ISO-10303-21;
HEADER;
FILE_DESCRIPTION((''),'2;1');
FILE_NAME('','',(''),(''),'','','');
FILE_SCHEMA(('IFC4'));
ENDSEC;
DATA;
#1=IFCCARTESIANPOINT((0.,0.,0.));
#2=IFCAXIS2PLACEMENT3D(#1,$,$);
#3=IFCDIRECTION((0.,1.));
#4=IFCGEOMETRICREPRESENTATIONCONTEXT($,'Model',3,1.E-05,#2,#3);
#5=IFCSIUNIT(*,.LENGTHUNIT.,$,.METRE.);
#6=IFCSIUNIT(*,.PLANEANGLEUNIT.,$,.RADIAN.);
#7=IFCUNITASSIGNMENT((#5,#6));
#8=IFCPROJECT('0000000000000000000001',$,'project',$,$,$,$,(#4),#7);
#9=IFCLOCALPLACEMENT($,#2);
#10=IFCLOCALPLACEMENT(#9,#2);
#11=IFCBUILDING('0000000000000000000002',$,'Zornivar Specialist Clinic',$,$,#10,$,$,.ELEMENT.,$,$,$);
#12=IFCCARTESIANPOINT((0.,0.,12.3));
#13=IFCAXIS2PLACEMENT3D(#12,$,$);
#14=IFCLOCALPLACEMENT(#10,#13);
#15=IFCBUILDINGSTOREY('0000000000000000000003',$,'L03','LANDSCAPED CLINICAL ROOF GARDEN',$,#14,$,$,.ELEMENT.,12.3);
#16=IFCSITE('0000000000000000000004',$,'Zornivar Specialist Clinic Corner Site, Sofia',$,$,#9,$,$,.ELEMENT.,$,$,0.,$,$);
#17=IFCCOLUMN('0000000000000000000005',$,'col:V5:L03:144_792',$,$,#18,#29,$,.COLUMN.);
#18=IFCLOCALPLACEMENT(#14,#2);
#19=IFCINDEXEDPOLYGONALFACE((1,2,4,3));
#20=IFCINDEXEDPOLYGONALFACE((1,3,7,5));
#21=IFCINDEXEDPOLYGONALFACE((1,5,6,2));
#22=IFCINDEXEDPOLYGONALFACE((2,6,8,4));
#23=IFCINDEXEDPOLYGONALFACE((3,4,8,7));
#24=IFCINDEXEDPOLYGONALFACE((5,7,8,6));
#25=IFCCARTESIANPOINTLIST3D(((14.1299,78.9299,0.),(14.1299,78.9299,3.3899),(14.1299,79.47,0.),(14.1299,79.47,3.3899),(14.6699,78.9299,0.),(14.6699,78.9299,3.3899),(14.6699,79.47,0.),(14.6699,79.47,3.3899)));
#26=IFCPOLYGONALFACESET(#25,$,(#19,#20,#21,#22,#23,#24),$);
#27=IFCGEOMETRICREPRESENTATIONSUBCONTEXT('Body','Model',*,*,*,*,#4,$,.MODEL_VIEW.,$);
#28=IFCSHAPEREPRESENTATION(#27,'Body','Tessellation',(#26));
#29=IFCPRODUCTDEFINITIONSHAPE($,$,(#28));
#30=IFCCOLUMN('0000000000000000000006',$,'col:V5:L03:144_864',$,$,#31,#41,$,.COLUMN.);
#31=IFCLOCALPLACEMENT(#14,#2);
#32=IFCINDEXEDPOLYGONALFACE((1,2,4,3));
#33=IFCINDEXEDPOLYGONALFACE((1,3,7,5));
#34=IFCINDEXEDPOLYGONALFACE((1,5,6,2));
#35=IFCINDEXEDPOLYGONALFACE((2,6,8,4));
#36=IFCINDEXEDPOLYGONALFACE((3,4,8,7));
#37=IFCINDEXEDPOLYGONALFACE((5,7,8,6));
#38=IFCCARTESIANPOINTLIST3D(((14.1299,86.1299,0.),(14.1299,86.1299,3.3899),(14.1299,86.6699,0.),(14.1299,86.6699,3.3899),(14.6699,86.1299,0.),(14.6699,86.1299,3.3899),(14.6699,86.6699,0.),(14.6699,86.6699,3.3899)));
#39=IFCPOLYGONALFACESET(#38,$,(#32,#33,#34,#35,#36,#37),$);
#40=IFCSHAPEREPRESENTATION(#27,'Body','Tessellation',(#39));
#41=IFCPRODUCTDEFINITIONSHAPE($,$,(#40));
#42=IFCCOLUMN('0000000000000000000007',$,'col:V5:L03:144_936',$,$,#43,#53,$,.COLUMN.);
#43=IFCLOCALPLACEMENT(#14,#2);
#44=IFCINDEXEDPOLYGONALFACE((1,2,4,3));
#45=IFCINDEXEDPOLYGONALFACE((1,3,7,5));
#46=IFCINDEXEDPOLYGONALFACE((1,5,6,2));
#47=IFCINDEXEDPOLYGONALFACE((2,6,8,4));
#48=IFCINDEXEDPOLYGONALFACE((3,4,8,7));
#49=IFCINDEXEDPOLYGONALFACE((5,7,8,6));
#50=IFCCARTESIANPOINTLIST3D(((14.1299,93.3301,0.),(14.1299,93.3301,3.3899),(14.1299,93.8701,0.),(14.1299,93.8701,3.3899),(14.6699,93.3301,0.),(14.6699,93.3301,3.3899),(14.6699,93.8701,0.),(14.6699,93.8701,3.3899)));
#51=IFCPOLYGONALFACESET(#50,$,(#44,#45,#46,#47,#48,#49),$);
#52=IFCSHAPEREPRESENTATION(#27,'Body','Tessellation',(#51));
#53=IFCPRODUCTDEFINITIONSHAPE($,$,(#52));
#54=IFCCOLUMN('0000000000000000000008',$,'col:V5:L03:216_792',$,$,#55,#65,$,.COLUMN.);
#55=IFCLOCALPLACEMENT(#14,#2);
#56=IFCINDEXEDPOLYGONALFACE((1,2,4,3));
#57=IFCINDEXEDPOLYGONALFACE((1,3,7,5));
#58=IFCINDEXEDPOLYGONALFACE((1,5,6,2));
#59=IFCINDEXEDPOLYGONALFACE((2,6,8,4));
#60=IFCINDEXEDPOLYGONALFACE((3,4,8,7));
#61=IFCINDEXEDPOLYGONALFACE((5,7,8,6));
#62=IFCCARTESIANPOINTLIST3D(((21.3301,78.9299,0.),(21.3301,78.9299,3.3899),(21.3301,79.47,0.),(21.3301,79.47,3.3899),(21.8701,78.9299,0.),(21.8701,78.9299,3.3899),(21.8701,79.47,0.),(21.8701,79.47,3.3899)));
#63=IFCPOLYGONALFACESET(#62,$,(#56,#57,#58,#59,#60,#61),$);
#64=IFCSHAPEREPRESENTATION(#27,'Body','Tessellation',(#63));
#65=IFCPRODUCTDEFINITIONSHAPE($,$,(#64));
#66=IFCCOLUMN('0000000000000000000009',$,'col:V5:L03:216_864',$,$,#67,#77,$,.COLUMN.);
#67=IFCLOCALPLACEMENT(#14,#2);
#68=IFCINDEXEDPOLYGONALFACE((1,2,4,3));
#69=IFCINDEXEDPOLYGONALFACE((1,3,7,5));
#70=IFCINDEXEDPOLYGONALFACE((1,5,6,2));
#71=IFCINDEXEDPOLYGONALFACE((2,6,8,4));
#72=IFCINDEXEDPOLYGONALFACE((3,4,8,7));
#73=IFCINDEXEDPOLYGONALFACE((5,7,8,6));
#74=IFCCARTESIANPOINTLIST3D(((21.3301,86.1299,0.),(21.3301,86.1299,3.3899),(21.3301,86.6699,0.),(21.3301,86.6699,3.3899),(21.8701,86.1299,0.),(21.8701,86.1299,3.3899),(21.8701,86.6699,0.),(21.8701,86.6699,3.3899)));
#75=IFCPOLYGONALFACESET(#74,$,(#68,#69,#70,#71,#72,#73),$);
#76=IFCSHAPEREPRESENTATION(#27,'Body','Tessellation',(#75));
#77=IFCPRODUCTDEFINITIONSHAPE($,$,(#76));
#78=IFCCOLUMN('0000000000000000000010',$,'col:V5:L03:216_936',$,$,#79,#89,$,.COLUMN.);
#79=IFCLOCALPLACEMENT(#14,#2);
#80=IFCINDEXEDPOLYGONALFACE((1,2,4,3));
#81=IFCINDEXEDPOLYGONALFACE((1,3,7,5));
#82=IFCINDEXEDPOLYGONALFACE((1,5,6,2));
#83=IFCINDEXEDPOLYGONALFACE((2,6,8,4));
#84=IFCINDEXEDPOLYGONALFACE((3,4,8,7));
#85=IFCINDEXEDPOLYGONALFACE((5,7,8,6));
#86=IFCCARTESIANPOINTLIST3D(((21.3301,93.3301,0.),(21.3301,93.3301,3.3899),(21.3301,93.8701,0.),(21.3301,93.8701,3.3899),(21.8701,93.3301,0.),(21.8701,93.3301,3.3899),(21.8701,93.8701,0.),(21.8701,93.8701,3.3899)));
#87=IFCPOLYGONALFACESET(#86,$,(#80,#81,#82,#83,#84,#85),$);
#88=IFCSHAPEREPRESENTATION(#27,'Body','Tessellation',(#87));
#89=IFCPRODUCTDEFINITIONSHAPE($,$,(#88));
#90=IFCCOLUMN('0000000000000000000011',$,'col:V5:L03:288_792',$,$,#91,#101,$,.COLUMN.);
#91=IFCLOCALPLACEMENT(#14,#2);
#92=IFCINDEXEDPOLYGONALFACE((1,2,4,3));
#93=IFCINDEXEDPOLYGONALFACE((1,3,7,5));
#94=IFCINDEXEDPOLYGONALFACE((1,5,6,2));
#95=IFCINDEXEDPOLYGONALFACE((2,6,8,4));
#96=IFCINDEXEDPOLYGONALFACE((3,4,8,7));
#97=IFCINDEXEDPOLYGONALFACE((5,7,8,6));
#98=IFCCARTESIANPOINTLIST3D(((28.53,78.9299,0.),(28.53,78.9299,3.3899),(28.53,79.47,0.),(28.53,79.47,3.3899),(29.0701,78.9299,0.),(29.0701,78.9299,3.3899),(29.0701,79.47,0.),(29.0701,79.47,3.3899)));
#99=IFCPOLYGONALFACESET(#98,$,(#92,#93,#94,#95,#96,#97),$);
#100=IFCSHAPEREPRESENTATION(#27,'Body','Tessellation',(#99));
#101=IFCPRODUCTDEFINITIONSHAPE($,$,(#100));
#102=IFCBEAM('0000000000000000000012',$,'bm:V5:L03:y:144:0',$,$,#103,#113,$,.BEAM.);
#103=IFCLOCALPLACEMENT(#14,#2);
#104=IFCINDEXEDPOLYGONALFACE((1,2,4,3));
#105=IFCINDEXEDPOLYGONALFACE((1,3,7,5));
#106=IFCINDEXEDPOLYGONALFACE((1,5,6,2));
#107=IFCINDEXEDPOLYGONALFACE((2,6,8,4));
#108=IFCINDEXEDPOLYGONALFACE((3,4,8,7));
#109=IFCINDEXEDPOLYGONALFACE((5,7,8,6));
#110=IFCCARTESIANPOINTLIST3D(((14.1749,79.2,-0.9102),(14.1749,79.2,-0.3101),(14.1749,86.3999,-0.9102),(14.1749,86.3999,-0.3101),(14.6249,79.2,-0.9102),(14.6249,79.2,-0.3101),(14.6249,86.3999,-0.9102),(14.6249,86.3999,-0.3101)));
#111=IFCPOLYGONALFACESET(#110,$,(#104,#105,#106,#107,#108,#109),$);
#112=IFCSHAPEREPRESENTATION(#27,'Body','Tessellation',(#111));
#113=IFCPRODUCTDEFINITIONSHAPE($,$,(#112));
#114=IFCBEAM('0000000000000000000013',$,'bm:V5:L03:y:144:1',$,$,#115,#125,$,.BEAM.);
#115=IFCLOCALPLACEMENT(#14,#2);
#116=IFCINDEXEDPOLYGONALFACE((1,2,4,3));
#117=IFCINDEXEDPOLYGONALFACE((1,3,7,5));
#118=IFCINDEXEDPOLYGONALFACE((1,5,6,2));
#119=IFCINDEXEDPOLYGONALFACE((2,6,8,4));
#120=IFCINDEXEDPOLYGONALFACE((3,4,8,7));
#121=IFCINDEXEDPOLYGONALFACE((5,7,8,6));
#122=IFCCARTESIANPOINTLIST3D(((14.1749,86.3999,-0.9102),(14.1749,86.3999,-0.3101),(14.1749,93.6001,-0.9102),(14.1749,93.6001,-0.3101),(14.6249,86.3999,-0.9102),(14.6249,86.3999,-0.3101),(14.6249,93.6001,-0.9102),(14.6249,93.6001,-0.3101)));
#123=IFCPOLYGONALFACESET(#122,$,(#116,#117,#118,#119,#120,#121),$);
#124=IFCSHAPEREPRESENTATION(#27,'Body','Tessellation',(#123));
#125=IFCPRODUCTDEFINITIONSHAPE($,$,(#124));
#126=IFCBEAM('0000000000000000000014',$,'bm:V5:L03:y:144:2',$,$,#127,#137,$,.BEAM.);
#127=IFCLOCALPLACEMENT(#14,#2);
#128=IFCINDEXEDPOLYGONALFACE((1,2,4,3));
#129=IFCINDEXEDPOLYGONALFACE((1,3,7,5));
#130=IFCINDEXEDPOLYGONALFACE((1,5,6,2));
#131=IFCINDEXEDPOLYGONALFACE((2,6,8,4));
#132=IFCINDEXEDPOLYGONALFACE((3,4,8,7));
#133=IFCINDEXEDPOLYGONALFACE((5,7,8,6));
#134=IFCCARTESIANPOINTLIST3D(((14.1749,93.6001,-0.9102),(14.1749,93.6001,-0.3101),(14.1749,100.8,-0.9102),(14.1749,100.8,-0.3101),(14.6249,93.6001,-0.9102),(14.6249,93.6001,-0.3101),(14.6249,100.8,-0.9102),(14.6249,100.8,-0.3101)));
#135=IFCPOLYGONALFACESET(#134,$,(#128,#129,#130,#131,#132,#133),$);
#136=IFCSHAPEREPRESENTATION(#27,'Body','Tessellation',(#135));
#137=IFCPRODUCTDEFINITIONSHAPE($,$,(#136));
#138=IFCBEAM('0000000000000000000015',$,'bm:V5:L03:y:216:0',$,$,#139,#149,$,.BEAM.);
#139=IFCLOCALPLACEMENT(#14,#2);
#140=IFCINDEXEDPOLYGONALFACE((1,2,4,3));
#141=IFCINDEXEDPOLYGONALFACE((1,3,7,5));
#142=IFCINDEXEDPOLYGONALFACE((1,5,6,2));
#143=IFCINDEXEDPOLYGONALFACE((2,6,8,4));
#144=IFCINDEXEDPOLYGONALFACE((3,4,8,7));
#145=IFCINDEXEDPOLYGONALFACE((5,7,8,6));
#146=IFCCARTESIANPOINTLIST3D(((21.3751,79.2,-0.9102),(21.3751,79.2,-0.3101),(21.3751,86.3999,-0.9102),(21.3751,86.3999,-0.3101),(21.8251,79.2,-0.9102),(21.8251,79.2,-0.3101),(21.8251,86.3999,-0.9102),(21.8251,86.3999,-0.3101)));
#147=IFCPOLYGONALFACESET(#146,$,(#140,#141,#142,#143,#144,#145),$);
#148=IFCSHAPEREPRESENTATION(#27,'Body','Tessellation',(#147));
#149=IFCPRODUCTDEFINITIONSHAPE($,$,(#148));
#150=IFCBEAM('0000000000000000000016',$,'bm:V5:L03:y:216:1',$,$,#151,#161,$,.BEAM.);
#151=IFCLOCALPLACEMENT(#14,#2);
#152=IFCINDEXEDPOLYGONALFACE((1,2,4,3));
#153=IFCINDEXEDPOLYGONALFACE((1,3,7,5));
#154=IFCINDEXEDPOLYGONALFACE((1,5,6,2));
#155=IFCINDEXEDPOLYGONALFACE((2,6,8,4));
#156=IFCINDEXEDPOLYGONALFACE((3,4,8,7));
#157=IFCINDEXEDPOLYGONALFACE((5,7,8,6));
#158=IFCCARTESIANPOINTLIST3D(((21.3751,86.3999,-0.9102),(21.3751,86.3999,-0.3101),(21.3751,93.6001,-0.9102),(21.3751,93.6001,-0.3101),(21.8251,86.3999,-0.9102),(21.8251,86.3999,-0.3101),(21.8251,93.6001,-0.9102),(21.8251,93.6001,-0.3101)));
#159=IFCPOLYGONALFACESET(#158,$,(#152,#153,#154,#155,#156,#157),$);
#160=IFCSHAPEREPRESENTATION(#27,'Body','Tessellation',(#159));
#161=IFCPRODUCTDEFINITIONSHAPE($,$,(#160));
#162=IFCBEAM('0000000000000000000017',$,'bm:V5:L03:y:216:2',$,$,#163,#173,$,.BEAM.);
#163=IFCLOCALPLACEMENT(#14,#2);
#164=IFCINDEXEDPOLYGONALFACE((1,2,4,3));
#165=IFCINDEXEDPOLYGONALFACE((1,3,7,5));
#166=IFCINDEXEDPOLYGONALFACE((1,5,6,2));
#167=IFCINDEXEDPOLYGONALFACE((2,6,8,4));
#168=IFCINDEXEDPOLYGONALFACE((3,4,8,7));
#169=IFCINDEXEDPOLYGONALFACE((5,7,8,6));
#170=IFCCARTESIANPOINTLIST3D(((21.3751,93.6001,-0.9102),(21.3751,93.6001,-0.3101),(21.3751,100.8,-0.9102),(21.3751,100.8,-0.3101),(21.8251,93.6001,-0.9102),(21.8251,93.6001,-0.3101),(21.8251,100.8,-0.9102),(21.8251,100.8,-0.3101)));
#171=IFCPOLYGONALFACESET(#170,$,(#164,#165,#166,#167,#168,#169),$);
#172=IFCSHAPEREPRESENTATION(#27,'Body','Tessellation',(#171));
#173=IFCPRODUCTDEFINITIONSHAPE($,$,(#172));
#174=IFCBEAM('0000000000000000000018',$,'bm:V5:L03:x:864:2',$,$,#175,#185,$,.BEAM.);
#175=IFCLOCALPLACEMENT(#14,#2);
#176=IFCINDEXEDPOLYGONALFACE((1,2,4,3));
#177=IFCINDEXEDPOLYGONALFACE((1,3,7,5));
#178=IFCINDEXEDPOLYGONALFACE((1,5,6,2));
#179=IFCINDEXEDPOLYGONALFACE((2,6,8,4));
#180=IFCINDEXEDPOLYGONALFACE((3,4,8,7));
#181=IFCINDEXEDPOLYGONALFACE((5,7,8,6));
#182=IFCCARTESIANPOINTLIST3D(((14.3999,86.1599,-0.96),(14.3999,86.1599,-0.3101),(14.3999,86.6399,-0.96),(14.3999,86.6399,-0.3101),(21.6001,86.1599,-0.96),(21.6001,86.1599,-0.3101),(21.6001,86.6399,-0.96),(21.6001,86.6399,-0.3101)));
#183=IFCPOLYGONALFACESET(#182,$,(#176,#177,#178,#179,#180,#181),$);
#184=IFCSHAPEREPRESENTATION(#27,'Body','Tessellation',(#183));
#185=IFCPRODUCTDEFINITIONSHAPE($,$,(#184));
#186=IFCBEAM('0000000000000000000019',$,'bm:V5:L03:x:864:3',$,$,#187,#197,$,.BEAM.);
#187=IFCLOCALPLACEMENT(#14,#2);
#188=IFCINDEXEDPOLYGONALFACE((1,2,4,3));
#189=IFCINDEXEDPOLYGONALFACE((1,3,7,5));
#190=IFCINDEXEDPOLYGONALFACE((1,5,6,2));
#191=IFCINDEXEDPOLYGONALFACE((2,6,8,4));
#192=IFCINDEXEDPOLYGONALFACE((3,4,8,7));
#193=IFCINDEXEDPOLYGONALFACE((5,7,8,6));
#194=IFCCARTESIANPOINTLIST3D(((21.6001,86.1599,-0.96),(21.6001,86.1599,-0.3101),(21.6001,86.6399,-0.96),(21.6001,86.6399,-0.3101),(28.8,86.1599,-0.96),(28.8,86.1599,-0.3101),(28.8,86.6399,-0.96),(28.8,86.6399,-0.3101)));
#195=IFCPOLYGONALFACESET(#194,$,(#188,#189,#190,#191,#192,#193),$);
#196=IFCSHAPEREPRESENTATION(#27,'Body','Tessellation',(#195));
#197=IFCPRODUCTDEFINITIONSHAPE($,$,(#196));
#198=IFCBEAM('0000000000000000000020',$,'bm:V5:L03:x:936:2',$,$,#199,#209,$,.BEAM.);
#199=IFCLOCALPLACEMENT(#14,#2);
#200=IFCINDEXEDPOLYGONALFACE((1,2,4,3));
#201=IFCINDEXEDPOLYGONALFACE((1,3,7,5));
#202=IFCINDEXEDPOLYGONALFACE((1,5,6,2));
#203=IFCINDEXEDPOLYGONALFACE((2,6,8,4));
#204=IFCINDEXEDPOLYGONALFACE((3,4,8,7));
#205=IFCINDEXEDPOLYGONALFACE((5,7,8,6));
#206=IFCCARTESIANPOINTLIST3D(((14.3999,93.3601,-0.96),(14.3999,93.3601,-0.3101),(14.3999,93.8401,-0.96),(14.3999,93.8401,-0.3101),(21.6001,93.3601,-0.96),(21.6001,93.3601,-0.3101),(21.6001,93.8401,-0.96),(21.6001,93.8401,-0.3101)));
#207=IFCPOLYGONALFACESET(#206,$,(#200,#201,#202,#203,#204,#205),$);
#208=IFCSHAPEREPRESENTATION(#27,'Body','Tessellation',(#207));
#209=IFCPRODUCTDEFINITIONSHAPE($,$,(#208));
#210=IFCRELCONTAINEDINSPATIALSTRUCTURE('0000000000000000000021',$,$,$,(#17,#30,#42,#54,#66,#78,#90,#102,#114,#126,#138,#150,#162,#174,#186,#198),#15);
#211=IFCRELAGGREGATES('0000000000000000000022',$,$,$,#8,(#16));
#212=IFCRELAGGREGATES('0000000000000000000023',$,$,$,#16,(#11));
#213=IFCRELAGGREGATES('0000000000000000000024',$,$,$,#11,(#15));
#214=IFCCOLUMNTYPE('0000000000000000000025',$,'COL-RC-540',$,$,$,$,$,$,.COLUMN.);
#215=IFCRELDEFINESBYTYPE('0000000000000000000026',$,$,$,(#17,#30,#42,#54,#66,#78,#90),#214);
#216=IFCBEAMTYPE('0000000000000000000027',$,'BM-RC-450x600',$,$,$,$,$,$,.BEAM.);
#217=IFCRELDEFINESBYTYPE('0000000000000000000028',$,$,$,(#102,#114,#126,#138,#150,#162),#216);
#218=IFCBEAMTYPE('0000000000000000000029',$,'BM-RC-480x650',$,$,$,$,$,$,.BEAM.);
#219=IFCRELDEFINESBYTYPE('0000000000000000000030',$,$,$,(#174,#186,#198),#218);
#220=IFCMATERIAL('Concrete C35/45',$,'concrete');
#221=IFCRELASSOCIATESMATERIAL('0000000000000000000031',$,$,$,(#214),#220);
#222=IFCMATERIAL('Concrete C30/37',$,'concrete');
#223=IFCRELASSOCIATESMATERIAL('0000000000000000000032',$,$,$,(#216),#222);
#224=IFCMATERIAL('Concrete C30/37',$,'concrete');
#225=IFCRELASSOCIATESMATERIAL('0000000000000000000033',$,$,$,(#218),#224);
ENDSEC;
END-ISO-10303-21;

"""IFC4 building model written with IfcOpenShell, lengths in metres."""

from ifc_helpers import new_model, si_unit, direction, frame, origin, origin_2d, place, context, subcontext, project, spatial, rectangle, extrude, material, material_profile, profile_set, type_object, element, save


model = new_model("IFC4")

# Units and contexts
model_context = context("Model", 3, precision=1e-05, world=origin(), true_north=direction((0.0, 1.0)))
body_context = subcontext(model_context, "Body", "Model", "MODEL_VIEW")
ifc_project = project(units=[si_unit("LENGTHUNIT", "METRE"), si_unit("PLANEANGLEUNIT", "RADIAN")], contexts=[model_context])

# Site, building, storey
site_placement = place(None, origin())
site = spatial("IfcSite", under=ifc_project, at=site_placement, Name="Zornivar Specialist Clinic Corner Site, Sofia", CompositionType="ELEMENT", RefElevation=0.0)
building_placement = place(site_placement, origin())
building = spatial("IfcBuilding", under=site, at=building_placement, Name="Zornivar Specialist Clinic", CompositionType="ELEMENT")
storey_placement = place(building_placement, frame((0.0, 0.0, 12.3)))
storey = spatial("IfcBuildingStorey", under=building, at=storey_placement, Name="L03", Description="LANDSCAPED CLINICAL ROOF GARDEN", CompositionType="ELEMENT", Elevation=12.3)

# Columns
ifc_material_1 = material(Name="Concrete C35/45", Category="concrete")
ifc_material_profile_1 = material_profile(ifc_material_1, rectangle(XDim=0.54, YDim=0.54, at=origin_2d()), Name="RC 540x540")
ifc_profile_set_1 = profile_set([ifc_material_profile_1], Name="Concrete C35/45")
column_type = type_object("IfcColumnType", Name="COL-RC-540", PredefinedType="COLUMN", material=ifc_profile_set_1)
for number, where, z_axis, x_axis, name in (
    (1, (14.3999, 79.2, 0.0), (0.0, 0.0, 1.0), (1.0, 0.0, 0.0), "col:V5:L03:144_792"),
    (2, (14.3999, 86.3999, 0.0), (0.0, 0.0, 1.0), (1.0, 0.0, 0.0), "col:V5:L03:144_864"),
    (3, (14.3999, 93.6001, 0.0), (0.0, 0.0, 1.0), (1.0, 0.0, 0.0), "col:V5:L03:144_936"),
    (4, (21.6001, 79.2, 0.0), (0.0, 0.0, 1.0), (1.0, 0.0, 0.0), "col:V5:L03:216_792"),
    (5, (21.6001, 86.3999, 0.0), (0.0, 0.0, 1.0), (1.0, 0.0, 0.0), "col:V5:L03:216_864"),
    (6, (21.6001, 93.6001, 0.0), (0.0, 0.0, 1.0), (1.0, 0.0, 0.0), "col:V5:L03:216_936"),
    (7, (28.8, 79.2, 0.0), (0.0, 0.0, 1.0), (1.0, 0.0, 0.0), "col:V5:L03:288_792"),
):
    element("IfcColumn", number, at=place(storey_placement, frame(where, z_axis=z_axis, x_axis=x_axis)), inside=storey, type_object=column_type, Name=name, PredefinedType="COLUMN", context=body_context, shape_type="SweptSolid", body=[
        extrude(rectangle(XDim=0.54, YDim=0.54, at=origin_2d()), origin(), (0.0, 0.0, 1.0), 3.3899),
    ])

# Beams
ifc_material_2 = material(Name="Concrete C30/37", Category="concrete")
ifc_material_profile_2 = material_profile(ifc_material_2, rectangle(XDim=0.45, YDim=0.6001, at=origin_2d()), Name="RC 450x600")
ifc_profile_set_2 = profile_set([ifc_material_profile_2], Name="Concrete C30/37")
beam_type_1 = type_object("IfcBeamType", Name="BM-RC-450x600", PredefinedType="BEAM", material=ifc_profile_set_2)
beam_1_placement = place(storey_placement, frame((14.3999, 79.2, -0.6101), z_axis=(0.0, 1.0, 0.0), x_axis=(-1.0, 0.0, 0.0)))
element("IfcBeam", 8, at=beam_1_placement, inside=storey, type_object=beam_type_1, Name="bm:V5:L03:y:144:0", PredefinedType="BEAM", context=body_context, shape_type="SweptSolid", body=[
    extrude(rectangle(XDim=0.45, YDim=0.6001, at=origin_2d()), origin(), (0.0, 0.0, 1.0), 7.2),
])
beam_2_placement = place(storey_placement, frame((14.3999, 86.3999, -0.6101), z_axis=(0.0, 1.0, 0.0), x_axis=(-1.0, 0.0, 0.0)))
element("IfcBeam", 9, at=beam_2_placement, inside=storey, type_object=beam_type_1, Name="bm:V5:L03:y:144:1", PredefinedType="BEAM", context=body_context, shape_type="SweptSolid", body=[
    extrude(rectangle(XDim=0.45, YDim=0.6001, at=origin_2d()), origin(), (0.0, 0.0, 1.0), 7.2002),
])
for number, where, z_axis, x_axis, name in (
    (10, (14.3999, 93.6001, -0.6101), (0.0, 1.0, 0.0), (-1.0, 0.0, 0.0), "bm:V5:L03:y:144:2"),
    (11, (21.6001, 79.2, -0.6101), (0.0, 1.0, 0.0), (-1.0, 0.0, 0.0), "bm:V5:L03:y:216:0"),
):
    element("IfcBeam", number, at=place(storey_placement, frame(where, z_axis=z_axis, x_axis=x_axis)), inside=storey, type_object=beam_type_1, Name=name, PredefinedType="BEAM", context=body_context, shape_type="SweptSolid", body=[
        extrude(rectangle(XDim=0.45, YDim=0.6001, at=origin_2d()), origin(), (0.0, 0.0, 1.0), 7.2),
    ])
beam_3_placement = place(storey_placement, frame((21.6001, 86.3999, -0.6101), z_axis=(0.0, 1.0, 0.0), x_axis=(-1.0, 0.0, 0.0)))
element("IfcBeam", 12, at=beam_3_placement, inside=storey, type_object=beam_type_1, Name="bm:V5:L03:y:216:1", PredefinedType="BEAM", context=body_context, shape_type="SweptSolid", body=[
    extrude(rectangle(XDim=0.45, YDim=0.6001, at=origin_2d()), origin(), (0.0, 0.0, 1.0), 7.2002),
])
beam_4_placement = place(storey_placement, frame((21.6001, 93.6001, -0.6101), z_axis=(0.0, 1.0, 0.0), x_axis=(-1.0, 0.0, 0.0)))
element("IfcBeam", 13, at=beam_4_placement, inside=storey, type_object=beam_type_1, Name="bm:V5:L03:y:216:2", PredefinedType="BEAM", context=body_context, shape_type="SweptSolid", body=[
    extrude(rectangle(XDim=0.45, YDim=0.6001, at=origin_2d()), origin(), (0.0, 0.0, 1.0), 7.2),
])
ifc_material_3 = material(Name="Concrete C30/37", Category="concrete")
ifc_material_profile_3 = material_profile(ifc_material_3, rectangle(XDim=0.48, YDim=0.6499, at=origin_2d()), Name="RC 480x650")
ifc_profile_set_3 = profile_set([ifc_material_profile_3], Name="Concrete C30/37")
beam_type_2 = type_object("IfcBeamType", Name="BM-RC-480x650", PredefinedType="BEAM", material=ifc_profile_set_3)
beam_5_placement = place(storey_placement, frame((14.3999, 86.3999, -0.635), z_axis=(1.0, 0.0, 0.0), x_axis=(0.0, 1.0, 0.0)))
element("IfcBeam", 14, at=beam_5_placement, inside=storey, type_object=beam_type_2, Name="bm:V5:L03:x:864:2", PredefinedType="BEAM", context=body_context, shape_type="SweptSolid", body=[
    extrude(rectangle(XDim=0.48, YDim=0.6499, at=origin_2d()), origin(), (0.0, 0.0, 1.0), 7.2002),
])
beam_6_placement = place(storey_placement, frame((21.6001, 86.3999, -0.635), z_axis=(1.0, 0.0, 0.0), x_axis=(0.0, 1.0, 0.0)))
element("IfcBeam", 15, at=beam_6_placement, inside=storey, type_object=beam_type_2, Name="bm:V5:L03:x:864:3", PredefinedType="BEAM", context=body_context, shape_type="SweptSolid", body=[
    extrude(rectangle(XDim=0.48, YDim=0.6499, at=origin_2d()), origin(), (0.0, 0.0, 1.0), 7.2),
])
beam_7_placement = place(storey_placement, frame((14.3999, 93.6001, -0.635), z_axis=(1.0, 0.0, 0.0), x_axis=(0.0, 1.0, 0.0)))
element("IfcBeam", 16, at=beam_7_placement, inside=storey, type_object=beam_type_2, Name="bm:V5:L03:x:936:2", PredefinedType="BEAM", context=body_context, shape_type="SweptSolid", body=[
    extrude(rectangle(XDim=0.48, YDim=0.6499, at=origin_2d()), origin(), (0.0, 0.0, 1.0), 7.2002),
])

save(model, "model.ifc")
